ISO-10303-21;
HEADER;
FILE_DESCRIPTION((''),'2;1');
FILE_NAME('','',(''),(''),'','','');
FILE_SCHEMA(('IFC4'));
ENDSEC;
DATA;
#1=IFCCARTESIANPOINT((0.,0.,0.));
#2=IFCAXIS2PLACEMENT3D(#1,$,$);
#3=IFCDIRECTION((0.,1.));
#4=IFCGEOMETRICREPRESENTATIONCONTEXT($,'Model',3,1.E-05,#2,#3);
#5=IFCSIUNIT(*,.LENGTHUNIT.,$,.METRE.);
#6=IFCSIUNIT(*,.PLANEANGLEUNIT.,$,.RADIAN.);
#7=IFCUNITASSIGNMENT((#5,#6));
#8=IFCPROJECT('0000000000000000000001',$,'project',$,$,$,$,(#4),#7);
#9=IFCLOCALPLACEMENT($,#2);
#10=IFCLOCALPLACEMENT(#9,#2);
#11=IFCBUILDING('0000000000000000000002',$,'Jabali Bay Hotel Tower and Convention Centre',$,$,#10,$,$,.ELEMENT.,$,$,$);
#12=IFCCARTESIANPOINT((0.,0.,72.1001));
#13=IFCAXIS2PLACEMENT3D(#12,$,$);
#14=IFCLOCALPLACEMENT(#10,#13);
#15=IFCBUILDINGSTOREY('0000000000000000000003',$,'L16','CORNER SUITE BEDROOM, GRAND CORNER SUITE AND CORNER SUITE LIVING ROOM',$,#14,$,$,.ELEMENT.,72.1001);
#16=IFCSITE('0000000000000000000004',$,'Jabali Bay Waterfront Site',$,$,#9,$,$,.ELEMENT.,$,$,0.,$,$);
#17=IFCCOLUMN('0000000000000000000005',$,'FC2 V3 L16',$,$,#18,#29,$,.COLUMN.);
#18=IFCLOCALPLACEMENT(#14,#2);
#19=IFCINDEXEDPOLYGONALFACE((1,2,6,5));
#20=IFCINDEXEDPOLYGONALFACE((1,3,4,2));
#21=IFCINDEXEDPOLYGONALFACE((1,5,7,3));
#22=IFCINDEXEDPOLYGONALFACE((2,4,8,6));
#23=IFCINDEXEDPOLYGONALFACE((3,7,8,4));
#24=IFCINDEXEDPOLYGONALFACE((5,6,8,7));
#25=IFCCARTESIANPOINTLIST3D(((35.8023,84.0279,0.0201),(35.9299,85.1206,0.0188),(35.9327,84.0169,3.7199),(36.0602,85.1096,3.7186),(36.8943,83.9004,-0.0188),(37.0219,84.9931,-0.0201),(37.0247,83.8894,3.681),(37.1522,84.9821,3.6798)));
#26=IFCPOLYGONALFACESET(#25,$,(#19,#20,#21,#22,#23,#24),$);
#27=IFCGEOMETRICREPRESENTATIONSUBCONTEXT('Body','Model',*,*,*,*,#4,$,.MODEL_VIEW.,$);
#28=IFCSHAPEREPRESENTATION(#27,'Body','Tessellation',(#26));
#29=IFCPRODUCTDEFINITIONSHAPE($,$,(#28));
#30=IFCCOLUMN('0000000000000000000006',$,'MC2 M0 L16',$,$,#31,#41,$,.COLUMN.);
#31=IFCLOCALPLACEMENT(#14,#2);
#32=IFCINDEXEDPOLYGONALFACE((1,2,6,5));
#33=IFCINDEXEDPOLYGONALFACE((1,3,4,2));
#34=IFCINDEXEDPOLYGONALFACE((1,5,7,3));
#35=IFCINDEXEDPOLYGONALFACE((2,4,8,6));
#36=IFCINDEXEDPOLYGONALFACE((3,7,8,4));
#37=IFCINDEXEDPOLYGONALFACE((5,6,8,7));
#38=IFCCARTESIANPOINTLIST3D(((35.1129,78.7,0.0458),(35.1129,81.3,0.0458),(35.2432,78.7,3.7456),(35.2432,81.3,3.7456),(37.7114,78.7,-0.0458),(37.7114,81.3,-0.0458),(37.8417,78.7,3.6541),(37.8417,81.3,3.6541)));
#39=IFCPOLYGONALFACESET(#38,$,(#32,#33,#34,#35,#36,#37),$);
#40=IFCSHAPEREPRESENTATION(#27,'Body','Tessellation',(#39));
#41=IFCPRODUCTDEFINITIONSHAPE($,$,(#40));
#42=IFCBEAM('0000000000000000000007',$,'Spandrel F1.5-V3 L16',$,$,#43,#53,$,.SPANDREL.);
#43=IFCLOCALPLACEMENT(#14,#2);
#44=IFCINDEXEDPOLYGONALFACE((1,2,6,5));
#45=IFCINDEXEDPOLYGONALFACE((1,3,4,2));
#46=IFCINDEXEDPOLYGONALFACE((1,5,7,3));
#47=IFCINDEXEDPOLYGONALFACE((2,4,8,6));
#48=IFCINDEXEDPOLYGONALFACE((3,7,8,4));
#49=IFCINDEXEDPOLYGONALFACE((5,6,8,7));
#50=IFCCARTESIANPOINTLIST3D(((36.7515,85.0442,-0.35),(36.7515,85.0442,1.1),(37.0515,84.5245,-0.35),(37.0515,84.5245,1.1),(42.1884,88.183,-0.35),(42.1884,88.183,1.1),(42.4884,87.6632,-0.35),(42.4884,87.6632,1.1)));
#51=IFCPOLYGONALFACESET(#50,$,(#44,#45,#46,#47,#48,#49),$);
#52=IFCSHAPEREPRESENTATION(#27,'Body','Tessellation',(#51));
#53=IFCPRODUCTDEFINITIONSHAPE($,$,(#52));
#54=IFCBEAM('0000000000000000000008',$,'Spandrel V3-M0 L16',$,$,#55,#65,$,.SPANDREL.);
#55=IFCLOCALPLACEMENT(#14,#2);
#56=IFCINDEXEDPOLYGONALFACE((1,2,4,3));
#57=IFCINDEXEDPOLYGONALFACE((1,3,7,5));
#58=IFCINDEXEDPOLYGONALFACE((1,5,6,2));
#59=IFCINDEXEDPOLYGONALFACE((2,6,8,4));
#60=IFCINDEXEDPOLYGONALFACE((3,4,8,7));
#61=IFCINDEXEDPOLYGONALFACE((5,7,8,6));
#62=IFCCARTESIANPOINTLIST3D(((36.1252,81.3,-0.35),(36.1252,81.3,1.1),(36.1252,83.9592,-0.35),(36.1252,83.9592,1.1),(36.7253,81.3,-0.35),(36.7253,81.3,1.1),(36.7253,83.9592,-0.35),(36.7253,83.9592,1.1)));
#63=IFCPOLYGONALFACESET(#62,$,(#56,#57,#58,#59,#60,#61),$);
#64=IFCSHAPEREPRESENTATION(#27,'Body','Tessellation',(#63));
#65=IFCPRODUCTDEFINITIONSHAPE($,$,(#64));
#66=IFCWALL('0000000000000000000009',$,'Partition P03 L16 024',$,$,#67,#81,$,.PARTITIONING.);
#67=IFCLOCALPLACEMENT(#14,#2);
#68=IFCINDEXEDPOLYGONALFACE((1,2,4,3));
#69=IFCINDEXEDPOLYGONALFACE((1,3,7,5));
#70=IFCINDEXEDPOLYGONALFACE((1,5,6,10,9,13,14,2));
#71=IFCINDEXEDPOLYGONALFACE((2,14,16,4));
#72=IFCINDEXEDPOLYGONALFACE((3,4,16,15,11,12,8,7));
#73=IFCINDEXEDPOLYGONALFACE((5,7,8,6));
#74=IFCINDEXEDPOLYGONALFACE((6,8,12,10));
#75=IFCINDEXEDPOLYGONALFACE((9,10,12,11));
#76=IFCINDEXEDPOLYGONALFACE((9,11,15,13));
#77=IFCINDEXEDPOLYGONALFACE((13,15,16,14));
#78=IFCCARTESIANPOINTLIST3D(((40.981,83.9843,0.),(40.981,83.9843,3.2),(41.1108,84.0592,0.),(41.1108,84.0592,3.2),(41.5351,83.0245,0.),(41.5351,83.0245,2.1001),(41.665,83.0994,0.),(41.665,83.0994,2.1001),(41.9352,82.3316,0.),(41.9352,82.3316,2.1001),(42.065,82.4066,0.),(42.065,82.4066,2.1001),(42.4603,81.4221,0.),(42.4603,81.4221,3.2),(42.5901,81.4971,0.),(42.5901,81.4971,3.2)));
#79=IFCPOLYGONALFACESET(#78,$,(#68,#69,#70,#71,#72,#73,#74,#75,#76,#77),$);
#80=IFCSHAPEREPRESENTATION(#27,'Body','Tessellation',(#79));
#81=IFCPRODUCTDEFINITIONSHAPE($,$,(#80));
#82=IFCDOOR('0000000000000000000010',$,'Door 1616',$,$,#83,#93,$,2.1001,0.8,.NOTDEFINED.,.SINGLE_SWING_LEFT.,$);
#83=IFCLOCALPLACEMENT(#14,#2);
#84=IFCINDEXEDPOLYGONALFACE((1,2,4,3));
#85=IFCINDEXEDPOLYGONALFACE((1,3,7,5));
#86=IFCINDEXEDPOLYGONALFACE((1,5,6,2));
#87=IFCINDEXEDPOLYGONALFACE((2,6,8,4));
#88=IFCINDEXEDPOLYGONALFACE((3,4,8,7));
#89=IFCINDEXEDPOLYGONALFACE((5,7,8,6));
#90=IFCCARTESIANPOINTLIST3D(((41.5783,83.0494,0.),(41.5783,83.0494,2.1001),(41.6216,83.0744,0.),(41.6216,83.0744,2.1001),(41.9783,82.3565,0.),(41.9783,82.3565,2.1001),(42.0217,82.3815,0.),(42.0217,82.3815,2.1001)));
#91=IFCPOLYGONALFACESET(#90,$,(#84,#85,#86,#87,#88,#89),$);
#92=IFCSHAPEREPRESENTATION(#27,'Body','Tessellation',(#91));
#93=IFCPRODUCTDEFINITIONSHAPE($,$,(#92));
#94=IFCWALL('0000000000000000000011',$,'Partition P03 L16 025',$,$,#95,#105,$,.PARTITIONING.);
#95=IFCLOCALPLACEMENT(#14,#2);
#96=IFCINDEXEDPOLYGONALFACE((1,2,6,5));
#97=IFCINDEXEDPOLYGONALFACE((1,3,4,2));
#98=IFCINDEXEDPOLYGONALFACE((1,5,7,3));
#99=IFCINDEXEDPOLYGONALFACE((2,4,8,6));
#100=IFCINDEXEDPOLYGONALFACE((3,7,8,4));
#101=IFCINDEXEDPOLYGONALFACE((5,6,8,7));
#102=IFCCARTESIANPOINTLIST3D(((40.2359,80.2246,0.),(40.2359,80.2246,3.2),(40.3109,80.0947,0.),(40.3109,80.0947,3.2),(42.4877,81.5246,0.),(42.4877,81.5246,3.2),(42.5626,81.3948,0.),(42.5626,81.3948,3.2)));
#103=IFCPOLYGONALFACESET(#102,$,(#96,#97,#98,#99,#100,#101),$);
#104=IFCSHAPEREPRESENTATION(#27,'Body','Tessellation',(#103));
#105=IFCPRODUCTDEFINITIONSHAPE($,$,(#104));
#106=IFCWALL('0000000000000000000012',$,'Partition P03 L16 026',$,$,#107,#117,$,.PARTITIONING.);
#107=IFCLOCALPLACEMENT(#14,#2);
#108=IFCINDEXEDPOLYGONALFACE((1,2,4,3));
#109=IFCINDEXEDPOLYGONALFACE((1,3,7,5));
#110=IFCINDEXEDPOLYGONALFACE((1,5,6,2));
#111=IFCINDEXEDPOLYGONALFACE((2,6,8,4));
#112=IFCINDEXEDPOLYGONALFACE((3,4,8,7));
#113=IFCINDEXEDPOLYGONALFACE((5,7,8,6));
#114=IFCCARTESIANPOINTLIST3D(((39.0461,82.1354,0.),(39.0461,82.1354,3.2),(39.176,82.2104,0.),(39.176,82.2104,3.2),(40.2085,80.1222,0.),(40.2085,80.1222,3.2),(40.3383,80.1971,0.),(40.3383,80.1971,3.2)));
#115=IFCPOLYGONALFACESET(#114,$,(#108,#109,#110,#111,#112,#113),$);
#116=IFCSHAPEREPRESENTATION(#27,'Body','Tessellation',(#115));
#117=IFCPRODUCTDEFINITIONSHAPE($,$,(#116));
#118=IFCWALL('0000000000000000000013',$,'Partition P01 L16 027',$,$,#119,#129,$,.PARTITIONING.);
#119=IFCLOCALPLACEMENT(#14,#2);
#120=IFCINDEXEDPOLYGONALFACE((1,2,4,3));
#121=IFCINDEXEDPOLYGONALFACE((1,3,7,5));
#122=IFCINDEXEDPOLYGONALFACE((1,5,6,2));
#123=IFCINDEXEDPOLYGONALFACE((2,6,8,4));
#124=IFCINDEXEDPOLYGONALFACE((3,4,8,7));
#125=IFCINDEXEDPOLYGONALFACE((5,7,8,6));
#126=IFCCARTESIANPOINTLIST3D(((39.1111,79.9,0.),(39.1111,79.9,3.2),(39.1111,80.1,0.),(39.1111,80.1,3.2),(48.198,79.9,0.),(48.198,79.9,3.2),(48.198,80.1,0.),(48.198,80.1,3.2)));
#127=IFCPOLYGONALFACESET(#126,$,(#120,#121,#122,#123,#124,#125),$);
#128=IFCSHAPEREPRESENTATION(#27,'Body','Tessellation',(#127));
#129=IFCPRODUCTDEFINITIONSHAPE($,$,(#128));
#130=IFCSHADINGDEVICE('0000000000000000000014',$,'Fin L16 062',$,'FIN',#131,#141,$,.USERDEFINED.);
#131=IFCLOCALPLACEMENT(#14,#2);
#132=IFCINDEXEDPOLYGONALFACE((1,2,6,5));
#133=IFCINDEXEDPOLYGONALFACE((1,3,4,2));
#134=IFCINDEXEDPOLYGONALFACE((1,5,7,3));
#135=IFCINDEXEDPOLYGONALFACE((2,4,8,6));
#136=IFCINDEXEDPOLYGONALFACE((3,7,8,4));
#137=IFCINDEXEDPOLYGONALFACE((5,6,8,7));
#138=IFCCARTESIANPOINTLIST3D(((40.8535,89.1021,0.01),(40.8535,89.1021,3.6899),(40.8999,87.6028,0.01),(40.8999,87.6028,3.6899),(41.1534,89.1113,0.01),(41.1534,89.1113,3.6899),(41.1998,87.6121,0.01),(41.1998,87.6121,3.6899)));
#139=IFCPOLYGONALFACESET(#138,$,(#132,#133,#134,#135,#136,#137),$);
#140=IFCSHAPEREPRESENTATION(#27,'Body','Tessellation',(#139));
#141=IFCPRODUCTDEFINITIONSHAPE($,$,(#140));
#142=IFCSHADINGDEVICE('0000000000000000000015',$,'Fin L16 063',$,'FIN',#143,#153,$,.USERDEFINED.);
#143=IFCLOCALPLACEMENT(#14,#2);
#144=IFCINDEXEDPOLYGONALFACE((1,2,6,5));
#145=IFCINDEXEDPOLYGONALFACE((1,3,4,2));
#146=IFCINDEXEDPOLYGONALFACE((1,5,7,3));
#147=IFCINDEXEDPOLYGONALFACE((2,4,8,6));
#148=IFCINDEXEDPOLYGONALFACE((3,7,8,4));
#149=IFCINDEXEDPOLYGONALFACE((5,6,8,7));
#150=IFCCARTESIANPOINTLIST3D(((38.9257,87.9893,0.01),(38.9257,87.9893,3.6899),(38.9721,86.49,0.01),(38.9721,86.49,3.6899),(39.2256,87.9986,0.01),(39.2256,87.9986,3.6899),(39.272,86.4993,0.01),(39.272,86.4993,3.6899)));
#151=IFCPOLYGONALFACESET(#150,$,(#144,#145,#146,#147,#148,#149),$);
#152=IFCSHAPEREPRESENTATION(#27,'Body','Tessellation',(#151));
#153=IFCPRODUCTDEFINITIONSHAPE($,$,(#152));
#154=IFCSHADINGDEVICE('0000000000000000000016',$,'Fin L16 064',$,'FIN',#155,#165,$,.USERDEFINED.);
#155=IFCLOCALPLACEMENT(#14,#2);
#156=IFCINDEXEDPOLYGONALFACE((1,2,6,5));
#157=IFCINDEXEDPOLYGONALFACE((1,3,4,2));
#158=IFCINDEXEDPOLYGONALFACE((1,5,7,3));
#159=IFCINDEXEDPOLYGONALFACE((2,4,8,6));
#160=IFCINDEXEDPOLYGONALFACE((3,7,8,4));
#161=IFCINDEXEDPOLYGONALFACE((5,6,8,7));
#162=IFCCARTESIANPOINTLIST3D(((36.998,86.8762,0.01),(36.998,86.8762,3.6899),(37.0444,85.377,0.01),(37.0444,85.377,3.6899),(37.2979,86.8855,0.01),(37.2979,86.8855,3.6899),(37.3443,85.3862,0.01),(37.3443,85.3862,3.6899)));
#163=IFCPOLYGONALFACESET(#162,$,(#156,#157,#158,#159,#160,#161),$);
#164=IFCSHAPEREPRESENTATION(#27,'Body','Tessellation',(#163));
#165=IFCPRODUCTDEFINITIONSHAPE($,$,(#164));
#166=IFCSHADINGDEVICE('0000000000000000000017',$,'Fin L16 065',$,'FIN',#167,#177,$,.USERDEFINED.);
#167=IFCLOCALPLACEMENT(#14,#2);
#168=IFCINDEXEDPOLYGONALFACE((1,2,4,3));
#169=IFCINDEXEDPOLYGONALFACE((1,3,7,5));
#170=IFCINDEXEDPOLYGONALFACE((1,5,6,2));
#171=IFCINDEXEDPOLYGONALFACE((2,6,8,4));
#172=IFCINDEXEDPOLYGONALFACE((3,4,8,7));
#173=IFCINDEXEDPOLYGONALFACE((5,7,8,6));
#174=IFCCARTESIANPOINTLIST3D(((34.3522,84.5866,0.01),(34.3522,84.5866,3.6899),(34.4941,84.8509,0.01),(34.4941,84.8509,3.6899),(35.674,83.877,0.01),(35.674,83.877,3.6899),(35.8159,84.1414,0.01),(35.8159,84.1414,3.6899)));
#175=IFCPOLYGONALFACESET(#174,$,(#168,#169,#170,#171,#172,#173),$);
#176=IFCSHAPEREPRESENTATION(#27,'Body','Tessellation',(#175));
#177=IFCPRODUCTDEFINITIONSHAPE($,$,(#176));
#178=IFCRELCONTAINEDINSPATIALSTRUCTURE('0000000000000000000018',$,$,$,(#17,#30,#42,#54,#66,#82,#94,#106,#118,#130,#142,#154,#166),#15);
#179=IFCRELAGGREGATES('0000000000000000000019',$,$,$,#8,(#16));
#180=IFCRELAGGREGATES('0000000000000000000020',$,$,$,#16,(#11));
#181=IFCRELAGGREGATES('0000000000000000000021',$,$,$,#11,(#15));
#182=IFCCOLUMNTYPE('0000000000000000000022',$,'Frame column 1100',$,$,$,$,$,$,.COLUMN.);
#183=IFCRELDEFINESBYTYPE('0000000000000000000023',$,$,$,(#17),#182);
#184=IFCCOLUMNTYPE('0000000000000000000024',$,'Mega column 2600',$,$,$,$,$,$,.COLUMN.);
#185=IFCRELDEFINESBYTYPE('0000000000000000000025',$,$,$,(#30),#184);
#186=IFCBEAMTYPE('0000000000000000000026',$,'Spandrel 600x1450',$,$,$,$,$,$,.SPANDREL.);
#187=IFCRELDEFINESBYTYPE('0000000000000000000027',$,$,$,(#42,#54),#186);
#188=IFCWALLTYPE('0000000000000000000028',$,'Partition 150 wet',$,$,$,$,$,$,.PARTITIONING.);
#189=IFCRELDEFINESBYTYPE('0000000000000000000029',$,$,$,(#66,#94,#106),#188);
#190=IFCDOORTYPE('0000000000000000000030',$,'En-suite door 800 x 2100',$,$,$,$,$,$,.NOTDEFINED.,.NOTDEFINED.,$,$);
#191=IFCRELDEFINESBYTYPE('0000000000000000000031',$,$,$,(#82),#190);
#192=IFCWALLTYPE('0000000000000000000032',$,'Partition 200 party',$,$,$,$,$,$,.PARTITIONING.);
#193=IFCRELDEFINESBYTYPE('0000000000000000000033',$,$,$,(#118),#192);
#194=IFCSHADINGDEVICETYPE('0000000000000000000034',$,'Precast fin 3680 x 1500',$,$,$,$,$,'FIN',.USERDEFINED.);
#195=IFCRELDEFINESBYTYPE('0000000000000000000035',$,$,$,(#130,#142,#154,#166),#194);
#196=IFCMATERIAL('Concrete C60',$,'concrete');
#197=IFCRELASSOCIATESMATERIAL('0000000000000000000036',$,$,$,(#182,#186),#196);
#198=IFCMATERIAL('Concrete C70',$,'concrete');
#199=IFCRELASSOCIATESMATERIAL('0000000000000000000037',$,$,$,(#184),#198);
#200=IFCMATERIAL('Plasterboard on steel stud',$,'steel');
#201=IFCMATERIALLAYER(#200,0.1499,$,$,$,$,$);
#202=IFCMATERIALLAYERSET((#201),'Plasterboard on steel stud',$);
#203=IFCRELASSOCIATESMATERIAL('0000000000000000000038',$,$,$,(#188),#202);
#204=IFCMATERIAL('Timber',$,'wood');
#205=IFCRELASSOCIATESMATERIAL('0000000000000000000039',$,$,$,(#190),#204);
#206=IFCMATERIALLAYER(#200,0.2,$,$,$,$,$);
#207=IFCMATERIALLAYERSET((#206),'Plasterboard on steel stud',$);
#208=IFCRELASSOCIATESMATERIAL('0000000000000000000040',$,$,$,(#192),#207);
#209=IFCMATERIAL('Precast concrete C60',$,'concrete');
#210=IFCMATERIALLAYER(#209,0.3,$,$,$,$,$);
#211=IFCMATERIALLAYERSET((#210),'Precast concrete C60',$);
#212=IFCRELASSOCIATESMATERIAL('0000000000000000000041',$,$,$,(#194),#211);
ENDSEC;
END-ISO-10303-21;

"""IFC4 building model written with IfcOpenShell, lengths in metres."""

from ifc_helpers import new_model, si_unit, direction, frame, frame_2d, origin, origin_2d, place, context, subcontext, project, spatial, rectangle, extrude, material, layer, layer_set, material_profile, profile_set, type_object, element, fill, save


model = new_model("IFC4")

# Units and contexts
model_context = context("Model", 3, precision=1e-05, world=origin(), true_north=direction((0.0, 1.0)))
body_context = subcontext(model_context, "Body", "Model", "MODEL_VIEW")
ifc_project = project(units=[si_unit("LENGTHUNIT", "METRE"), si_unit("PLANEANGLEUNIT", "RADIAN")], contexts=[model_context])

# Site, building, storey
site_placement = place(None, origin())
site = spatial("IfcSite", under=ifc_project, at=site_placement, Name="Jabali Bay Waterfront Site", CompositionType="ELEMENT", RefElevation=0.0)
building_placement = place(site_placement, origin())
building = spatial("IfcBuilding", under=site, at=building_placement, Name="Jabali Bay Hotel Tower and Convention Centre", CompositionType="ELEMENT")
storey_placement = place(building_placement, frame((0.0, 0.0, 72.1001)))
storey = spatial("IfcBuildingStorey", under=building, at=storey_placement, Name="L16", Description="CORNER SUITE BEDROOM, GRAND CORNER SUITE AND CORNER SUITE LIVING ROOM", CompositionType="ELEMENT", Elevation=72.1001)

# Columns
ifc_material_1 = material(Name="Concrete C60", Category="concrete")
ifc_material_profile_1 = material_profile(ifc_material_1, rectangle(XDim=1.1001, YDim=1.1001, at=origin_2d()), Name="Frame column 1100")
ifc_profile_set_1 = profile_set([ifc_material_profile_1], Name="Concrete C60")
column_type_1 = type_object("IfcColumnType", Name="Frame column 1100", PredefinedType="COLUMN", material=ifc_profile_set_1)
column_1_placement = place(storey_placement, frame((36.4121, 84.5105, 0.0), z_axis=(0.035214, -0.002967, 0.999375), x_axis=(-0.992634, 0.11589, 0.03532)))
element("IfcColumn", 1, at=column_1_placement, inside=storey, type_object=column_type_1, Name="FC2 V3 L16", PredefinedType="COLUMN", context=body_context, shape_type="SweptSolid", body=[
    extrude(rectangle(XDim=1.1001, YDim=1.1001, at=origin_2d()), origin(), (0.0, 0.0, 1.0), 3.7021),
])
ifc_material_2 = material(Name="Concrete C70", Category="concrete")
ifc_material_profile_2 = material_profile(ifc_material_2, rectangle(XDim=2.6001, YDim=2.6001, at=origin_2d()), Name="Mega column 2600")
ifc_profile_set_2 = profile_set([ifc_material_profile_2], Name="Concrete C70")
column_type_2 = type_object("IfcColumnType", Name="Mega column 2600", PredefinedType="COLUMN", material=ifc_profile_set_2)
column_2_placement = place(storey_placement, frame((36.4121, 80.0, 0.0), z_axis=(0.035214, 0.0, 0.99938), x_axis=(0.0, 1.0, 0.0)))
element("IfcColumn", 2, at=column_2_placement, inside=storey, type_object=column_type_2, Name="MC2 M0 L16", PredefinedType="COLUMN", context=body_context, shape_type="SweptSolid", body=[
    extrude(rectangle(XDim=2.6001, YDim=2.6001, at=origin_2d()), origin(), (0.0, 0.0, 1.0), 3.7021),
])

# Beams
ifc_material_profile_3 = material_profile(ifc_material_1, rectangle(XDim=0.6001, YDim=1.45, at=origin_2d()), Name="Spandrel 600x1450")
ifc_profile_set_3 = profile_set([ifc_material_profile_3], Name="Concrete C60")
beam_type = type_object("IfcBeamType", Name="Spandrel 600x1450", PredefinedType="SPANDREL", material=ifc_profile_set_3)
beam_1_placement = place(storey_placement, frame((42.3384, 87.9231, 0.375), z_axis=(-0.866042, -0.49997, 0.0), x_axis=(0.49997, -0.866042, 0.0)))
element("IfcBeam", 3, at=beam_1_placement, inside=storey, type_object=beam_type, Name="Spandrel F1.5-V3 L16", PredefinedType="SPANDREL", context=body_context, shape_type="SweptSolid", body=[
    extrude(rectangle(XDim=0.6001, YDim=1.45, at=origin_2d()), origin(), (0.0, 0.0, 1.0), 6.2778),
])
beam_2_placement = place(storey_placement, frame((36.4253, 83.9592, 0.375), z_axis=(0.0, -1.0, 0.0), x_axis=(1.0, 0.0, 0.0)))
element("IfcBeam", 4, at=beam_2_placement, inside=storey, type_object=beam_type, Name="Spandrel V3-M0 L16", PredefinedType="SPANDREL", context=body_context, shape_type="SweptSolid", body=[
    extrude(rectangle(XDim=0.6001, YDim=1.45, at=origin_2d()), origin(), (0.0, 0.0, 1.0), 2.6592),
])

# Wall, opening, door
ifc_material_3 = material(Name="Plasterboard on steel stud", Category="steel")
ifc_layer_1 = layer(ifc_material_3, 0.1499)
ifc_layer_set_1 = layer_set([ifc_layer_1], Name="Plasterboard on steel stud")
wall_type_1 = type_object("IfcWallType", Name="Partition 150 wet", PredefinedType="PARTITIONING", material=ifc_layer_set_1)
wall_1_placement = place(storey_placement, frame((41.0459, 84.0217, 0.0), z_axis=(0.0, 0.0, 1.0), x_axis=(0.500018, -0.866015, 0.0)))
wall_1 = element("IfcWall", 5, at=wall_1_placement, inside=storey, type_object=wall_type_1, Name="Partition P03 L16 024", PredefinedType="PARTITIONING", context=body_context, shape_type="SweptSolid", body=[
    extrude(rectangle(XDim=2.9585, YDim=0.1499, at=frame_2d((1.4792, 0.0))), origin(), (0.0, 0.0, 1.0), 3.2),
])
opening_1_placement = place(wall_1_placement, frame((1.1084, 0.0, 0.0)))
opening_1 = element("IfcOpeningElement", 6, at=opening_1_placement, cuts=wall_1, PredefinedType="OPENING", context=body_context, shape_type="SweptSolid", body=[
    extrude(rectangle(XDim=0.8, YDim=2.1001, at=frame_2d((0.3999, 1.05))), frame((0.0, 0.0854, 0.0), z_axis=(0.0, -1.0, 0.0), x_axis=(1.0, 0.0, 0.0)), (0.0, 0.0, 1.0), 0.1709),
])
ifc_material_4 = material(Name="Timber", Category="wood")
door_type_1 = type_object("IfcDoorType", Name="En-suite door 800 x 2100", OperationType="NOTDEFINED", PredefinedType="NOTDEFINED", material=ifc_material_4)
door_1_placement = place(opening_1_placement, origin())
door_1 = element("IfcDoor", 7, at=door_1_placement, inside=storey, type_object=door_type_1, Name="Door 1616", OperationType="SINGLE_SWING_LEFT", OverallHeight=2.1001, OverallWidth=0.8, PredefinedType="NOTDEFINED", context=body_context, shape_type="SweptSolid", body=[
    extrude(rectangle(XDim=0.8, YDim=2.1001, at=frame_2d((0.3999, 1.05))), frame((0.0, 0.0249, 0.0), z_axis=(0.0, -1.0, 0.0), x_axis=(1.0, 0.0, 0.0)), (0.0, 0.0, 1.0), 0.05),
])
fill(opening_1, door_1)

# Walls
wall_2_placement = place(storey_placement, frame((42.5251, 81.4597, 0.0), z_axis=(0.0, 0.0, 1.0), x_axis=(-0.866021, -0.500007, 0.0)))
element("IfcWall", 8, at=wall_2_placement, inside=storey, type_object=wall_type_1, Name="Partition P03 L16 025", PredefinedType="PARTITIONING", context=body_context, shape_type="SweptSolid", body=[
    extrude(rectangle(XDim=2.6001, YDim=0.1499, at=frame_2d((1.3, 0.0))), origin(), (0.0, 0.0, 1.0), 3.2),
])
wall_3_placement = place(storey_placement, frame((40.2734, 80.1597, 0.0), z_axis=(0.0, 0.0, 1.0), x_axis=(-0.500013, 0.866018, 0.0)))
element("IfcWall", 9, at=wall_3_placement, inside=storey, type_object=wall_type_1, Name="Partition P03 L16 026", PredefinedType="PARTITIONING", context=body_context, shape_type="SweptSolid", body=[
    extrude(rectangle(XDim=2.3247, YDim=0.1499, at=frame_2d((1.1624, 0.0))), origin(), (0.0, 0.0, 1.0), 3.2),
])
ifc_layer_2 = layer(ifc_material_3, 0.2)
ifc_layer_set_2 = layer_set([ifc_layer_2], Name="Plasterboard on steel stud")
wall_type_2 = type_object("IfcWallType", Name="Partition 200 party", PredefinedType="PARTITIONING", material=ifc_layer_set_2)
wall_4_placement = place(storey_placement, frame((39.1111, 80.0, 0.0), z_axis=(0.0, 0.0, 1.0), x_axis=(1.0, 0.0, 0.0)))
element("IfcWall", 10, at=wall_4_placement, inside=storey, type_object=wall_type_2, Name="Partition P01 L16 027", PredefinedType="PARTITIONING", context=body_context, shape_type="SweptSolid", body=[
    extrude(rectangle(XDim=9.0869, YDim=0.2, at=frame_2d((4.5435, 0.0))), origin(), (0.0, 0.0, 1.0), 3.2),
])

# Shading devices
ifc_material_5 = material(Name="Precast concrete C60", Category="concrete")
ifc_layer_3 = layer(ifc_material_5, 0.3)
ifc_layer_set_3 = layer_set([ifc_layer_3], Name="Precast concrete C60")
shading_device_type = type_object("IfcShadingDeviceType", Name="Precast fin 3680 x 1500", ElementType="FIN", PredefinedType="USERDEFINED", material=ifc_layer_set_3)
for number, where, z_axis, x_axis, name in (
    (11, (41.0498, 87.6074, 0.01), (0.0, 0.0, 1.0), (-0.030925, 0.999522, 0.0), "Fin L16 062"),
    (12, (39.1221, 86.4946, 0.01), (0.0, 0.0, 1.0), (-0.030925, 0.999522, 0.0), "Fin L16 063"),
    (13, (37.1943, 85.3816, 0.01), (0.0, 0.0, 1.0), (-0.030925, 0.999522, 0.0), "Fin L16 064"),
):
    element("IfcShadingDevice", number, at=place(storey_placement, frame(where, z_axis=z_axis, x_axis=x_axis)), inside=storey, type_object=shading_device_type, Name=name, ObjectType="FIN", PredefinedType="USERDEFINED", context=body_context, shape_type="SweptSolid", body=[
        extrude(rectangle(XDim=1.5, YDim=0.3, at=frame_2d((0.75, 0.0))), origin(), (0.0, 0.0, 1.0), 3.6799),
    ])
shading_device_1_placement = place(storey_placement, frame((35.7449, 84.0093, 0.01), z_axis=(0.0, 0.0, 1.0), x_axis=(-0.881097, 0.472935, 0.0)))
element("IfcShadingDevice", 14, at=shading_device_1_placement, inside=storey, type_object=shading_device_type, Name="Fin L16 065", ObjectType="FIN", PredefinedType="USERDEFINED", context=body_context, shape_type="SweptSolid", body=[
    extrude(rectangle(XDim=1.5002, YDim=0.3, at=frame_2d((0.75, 0.0))), origin(), (0.0, 0.0, 1.0), 3.6799),
])

save(model, "model.ifc")
